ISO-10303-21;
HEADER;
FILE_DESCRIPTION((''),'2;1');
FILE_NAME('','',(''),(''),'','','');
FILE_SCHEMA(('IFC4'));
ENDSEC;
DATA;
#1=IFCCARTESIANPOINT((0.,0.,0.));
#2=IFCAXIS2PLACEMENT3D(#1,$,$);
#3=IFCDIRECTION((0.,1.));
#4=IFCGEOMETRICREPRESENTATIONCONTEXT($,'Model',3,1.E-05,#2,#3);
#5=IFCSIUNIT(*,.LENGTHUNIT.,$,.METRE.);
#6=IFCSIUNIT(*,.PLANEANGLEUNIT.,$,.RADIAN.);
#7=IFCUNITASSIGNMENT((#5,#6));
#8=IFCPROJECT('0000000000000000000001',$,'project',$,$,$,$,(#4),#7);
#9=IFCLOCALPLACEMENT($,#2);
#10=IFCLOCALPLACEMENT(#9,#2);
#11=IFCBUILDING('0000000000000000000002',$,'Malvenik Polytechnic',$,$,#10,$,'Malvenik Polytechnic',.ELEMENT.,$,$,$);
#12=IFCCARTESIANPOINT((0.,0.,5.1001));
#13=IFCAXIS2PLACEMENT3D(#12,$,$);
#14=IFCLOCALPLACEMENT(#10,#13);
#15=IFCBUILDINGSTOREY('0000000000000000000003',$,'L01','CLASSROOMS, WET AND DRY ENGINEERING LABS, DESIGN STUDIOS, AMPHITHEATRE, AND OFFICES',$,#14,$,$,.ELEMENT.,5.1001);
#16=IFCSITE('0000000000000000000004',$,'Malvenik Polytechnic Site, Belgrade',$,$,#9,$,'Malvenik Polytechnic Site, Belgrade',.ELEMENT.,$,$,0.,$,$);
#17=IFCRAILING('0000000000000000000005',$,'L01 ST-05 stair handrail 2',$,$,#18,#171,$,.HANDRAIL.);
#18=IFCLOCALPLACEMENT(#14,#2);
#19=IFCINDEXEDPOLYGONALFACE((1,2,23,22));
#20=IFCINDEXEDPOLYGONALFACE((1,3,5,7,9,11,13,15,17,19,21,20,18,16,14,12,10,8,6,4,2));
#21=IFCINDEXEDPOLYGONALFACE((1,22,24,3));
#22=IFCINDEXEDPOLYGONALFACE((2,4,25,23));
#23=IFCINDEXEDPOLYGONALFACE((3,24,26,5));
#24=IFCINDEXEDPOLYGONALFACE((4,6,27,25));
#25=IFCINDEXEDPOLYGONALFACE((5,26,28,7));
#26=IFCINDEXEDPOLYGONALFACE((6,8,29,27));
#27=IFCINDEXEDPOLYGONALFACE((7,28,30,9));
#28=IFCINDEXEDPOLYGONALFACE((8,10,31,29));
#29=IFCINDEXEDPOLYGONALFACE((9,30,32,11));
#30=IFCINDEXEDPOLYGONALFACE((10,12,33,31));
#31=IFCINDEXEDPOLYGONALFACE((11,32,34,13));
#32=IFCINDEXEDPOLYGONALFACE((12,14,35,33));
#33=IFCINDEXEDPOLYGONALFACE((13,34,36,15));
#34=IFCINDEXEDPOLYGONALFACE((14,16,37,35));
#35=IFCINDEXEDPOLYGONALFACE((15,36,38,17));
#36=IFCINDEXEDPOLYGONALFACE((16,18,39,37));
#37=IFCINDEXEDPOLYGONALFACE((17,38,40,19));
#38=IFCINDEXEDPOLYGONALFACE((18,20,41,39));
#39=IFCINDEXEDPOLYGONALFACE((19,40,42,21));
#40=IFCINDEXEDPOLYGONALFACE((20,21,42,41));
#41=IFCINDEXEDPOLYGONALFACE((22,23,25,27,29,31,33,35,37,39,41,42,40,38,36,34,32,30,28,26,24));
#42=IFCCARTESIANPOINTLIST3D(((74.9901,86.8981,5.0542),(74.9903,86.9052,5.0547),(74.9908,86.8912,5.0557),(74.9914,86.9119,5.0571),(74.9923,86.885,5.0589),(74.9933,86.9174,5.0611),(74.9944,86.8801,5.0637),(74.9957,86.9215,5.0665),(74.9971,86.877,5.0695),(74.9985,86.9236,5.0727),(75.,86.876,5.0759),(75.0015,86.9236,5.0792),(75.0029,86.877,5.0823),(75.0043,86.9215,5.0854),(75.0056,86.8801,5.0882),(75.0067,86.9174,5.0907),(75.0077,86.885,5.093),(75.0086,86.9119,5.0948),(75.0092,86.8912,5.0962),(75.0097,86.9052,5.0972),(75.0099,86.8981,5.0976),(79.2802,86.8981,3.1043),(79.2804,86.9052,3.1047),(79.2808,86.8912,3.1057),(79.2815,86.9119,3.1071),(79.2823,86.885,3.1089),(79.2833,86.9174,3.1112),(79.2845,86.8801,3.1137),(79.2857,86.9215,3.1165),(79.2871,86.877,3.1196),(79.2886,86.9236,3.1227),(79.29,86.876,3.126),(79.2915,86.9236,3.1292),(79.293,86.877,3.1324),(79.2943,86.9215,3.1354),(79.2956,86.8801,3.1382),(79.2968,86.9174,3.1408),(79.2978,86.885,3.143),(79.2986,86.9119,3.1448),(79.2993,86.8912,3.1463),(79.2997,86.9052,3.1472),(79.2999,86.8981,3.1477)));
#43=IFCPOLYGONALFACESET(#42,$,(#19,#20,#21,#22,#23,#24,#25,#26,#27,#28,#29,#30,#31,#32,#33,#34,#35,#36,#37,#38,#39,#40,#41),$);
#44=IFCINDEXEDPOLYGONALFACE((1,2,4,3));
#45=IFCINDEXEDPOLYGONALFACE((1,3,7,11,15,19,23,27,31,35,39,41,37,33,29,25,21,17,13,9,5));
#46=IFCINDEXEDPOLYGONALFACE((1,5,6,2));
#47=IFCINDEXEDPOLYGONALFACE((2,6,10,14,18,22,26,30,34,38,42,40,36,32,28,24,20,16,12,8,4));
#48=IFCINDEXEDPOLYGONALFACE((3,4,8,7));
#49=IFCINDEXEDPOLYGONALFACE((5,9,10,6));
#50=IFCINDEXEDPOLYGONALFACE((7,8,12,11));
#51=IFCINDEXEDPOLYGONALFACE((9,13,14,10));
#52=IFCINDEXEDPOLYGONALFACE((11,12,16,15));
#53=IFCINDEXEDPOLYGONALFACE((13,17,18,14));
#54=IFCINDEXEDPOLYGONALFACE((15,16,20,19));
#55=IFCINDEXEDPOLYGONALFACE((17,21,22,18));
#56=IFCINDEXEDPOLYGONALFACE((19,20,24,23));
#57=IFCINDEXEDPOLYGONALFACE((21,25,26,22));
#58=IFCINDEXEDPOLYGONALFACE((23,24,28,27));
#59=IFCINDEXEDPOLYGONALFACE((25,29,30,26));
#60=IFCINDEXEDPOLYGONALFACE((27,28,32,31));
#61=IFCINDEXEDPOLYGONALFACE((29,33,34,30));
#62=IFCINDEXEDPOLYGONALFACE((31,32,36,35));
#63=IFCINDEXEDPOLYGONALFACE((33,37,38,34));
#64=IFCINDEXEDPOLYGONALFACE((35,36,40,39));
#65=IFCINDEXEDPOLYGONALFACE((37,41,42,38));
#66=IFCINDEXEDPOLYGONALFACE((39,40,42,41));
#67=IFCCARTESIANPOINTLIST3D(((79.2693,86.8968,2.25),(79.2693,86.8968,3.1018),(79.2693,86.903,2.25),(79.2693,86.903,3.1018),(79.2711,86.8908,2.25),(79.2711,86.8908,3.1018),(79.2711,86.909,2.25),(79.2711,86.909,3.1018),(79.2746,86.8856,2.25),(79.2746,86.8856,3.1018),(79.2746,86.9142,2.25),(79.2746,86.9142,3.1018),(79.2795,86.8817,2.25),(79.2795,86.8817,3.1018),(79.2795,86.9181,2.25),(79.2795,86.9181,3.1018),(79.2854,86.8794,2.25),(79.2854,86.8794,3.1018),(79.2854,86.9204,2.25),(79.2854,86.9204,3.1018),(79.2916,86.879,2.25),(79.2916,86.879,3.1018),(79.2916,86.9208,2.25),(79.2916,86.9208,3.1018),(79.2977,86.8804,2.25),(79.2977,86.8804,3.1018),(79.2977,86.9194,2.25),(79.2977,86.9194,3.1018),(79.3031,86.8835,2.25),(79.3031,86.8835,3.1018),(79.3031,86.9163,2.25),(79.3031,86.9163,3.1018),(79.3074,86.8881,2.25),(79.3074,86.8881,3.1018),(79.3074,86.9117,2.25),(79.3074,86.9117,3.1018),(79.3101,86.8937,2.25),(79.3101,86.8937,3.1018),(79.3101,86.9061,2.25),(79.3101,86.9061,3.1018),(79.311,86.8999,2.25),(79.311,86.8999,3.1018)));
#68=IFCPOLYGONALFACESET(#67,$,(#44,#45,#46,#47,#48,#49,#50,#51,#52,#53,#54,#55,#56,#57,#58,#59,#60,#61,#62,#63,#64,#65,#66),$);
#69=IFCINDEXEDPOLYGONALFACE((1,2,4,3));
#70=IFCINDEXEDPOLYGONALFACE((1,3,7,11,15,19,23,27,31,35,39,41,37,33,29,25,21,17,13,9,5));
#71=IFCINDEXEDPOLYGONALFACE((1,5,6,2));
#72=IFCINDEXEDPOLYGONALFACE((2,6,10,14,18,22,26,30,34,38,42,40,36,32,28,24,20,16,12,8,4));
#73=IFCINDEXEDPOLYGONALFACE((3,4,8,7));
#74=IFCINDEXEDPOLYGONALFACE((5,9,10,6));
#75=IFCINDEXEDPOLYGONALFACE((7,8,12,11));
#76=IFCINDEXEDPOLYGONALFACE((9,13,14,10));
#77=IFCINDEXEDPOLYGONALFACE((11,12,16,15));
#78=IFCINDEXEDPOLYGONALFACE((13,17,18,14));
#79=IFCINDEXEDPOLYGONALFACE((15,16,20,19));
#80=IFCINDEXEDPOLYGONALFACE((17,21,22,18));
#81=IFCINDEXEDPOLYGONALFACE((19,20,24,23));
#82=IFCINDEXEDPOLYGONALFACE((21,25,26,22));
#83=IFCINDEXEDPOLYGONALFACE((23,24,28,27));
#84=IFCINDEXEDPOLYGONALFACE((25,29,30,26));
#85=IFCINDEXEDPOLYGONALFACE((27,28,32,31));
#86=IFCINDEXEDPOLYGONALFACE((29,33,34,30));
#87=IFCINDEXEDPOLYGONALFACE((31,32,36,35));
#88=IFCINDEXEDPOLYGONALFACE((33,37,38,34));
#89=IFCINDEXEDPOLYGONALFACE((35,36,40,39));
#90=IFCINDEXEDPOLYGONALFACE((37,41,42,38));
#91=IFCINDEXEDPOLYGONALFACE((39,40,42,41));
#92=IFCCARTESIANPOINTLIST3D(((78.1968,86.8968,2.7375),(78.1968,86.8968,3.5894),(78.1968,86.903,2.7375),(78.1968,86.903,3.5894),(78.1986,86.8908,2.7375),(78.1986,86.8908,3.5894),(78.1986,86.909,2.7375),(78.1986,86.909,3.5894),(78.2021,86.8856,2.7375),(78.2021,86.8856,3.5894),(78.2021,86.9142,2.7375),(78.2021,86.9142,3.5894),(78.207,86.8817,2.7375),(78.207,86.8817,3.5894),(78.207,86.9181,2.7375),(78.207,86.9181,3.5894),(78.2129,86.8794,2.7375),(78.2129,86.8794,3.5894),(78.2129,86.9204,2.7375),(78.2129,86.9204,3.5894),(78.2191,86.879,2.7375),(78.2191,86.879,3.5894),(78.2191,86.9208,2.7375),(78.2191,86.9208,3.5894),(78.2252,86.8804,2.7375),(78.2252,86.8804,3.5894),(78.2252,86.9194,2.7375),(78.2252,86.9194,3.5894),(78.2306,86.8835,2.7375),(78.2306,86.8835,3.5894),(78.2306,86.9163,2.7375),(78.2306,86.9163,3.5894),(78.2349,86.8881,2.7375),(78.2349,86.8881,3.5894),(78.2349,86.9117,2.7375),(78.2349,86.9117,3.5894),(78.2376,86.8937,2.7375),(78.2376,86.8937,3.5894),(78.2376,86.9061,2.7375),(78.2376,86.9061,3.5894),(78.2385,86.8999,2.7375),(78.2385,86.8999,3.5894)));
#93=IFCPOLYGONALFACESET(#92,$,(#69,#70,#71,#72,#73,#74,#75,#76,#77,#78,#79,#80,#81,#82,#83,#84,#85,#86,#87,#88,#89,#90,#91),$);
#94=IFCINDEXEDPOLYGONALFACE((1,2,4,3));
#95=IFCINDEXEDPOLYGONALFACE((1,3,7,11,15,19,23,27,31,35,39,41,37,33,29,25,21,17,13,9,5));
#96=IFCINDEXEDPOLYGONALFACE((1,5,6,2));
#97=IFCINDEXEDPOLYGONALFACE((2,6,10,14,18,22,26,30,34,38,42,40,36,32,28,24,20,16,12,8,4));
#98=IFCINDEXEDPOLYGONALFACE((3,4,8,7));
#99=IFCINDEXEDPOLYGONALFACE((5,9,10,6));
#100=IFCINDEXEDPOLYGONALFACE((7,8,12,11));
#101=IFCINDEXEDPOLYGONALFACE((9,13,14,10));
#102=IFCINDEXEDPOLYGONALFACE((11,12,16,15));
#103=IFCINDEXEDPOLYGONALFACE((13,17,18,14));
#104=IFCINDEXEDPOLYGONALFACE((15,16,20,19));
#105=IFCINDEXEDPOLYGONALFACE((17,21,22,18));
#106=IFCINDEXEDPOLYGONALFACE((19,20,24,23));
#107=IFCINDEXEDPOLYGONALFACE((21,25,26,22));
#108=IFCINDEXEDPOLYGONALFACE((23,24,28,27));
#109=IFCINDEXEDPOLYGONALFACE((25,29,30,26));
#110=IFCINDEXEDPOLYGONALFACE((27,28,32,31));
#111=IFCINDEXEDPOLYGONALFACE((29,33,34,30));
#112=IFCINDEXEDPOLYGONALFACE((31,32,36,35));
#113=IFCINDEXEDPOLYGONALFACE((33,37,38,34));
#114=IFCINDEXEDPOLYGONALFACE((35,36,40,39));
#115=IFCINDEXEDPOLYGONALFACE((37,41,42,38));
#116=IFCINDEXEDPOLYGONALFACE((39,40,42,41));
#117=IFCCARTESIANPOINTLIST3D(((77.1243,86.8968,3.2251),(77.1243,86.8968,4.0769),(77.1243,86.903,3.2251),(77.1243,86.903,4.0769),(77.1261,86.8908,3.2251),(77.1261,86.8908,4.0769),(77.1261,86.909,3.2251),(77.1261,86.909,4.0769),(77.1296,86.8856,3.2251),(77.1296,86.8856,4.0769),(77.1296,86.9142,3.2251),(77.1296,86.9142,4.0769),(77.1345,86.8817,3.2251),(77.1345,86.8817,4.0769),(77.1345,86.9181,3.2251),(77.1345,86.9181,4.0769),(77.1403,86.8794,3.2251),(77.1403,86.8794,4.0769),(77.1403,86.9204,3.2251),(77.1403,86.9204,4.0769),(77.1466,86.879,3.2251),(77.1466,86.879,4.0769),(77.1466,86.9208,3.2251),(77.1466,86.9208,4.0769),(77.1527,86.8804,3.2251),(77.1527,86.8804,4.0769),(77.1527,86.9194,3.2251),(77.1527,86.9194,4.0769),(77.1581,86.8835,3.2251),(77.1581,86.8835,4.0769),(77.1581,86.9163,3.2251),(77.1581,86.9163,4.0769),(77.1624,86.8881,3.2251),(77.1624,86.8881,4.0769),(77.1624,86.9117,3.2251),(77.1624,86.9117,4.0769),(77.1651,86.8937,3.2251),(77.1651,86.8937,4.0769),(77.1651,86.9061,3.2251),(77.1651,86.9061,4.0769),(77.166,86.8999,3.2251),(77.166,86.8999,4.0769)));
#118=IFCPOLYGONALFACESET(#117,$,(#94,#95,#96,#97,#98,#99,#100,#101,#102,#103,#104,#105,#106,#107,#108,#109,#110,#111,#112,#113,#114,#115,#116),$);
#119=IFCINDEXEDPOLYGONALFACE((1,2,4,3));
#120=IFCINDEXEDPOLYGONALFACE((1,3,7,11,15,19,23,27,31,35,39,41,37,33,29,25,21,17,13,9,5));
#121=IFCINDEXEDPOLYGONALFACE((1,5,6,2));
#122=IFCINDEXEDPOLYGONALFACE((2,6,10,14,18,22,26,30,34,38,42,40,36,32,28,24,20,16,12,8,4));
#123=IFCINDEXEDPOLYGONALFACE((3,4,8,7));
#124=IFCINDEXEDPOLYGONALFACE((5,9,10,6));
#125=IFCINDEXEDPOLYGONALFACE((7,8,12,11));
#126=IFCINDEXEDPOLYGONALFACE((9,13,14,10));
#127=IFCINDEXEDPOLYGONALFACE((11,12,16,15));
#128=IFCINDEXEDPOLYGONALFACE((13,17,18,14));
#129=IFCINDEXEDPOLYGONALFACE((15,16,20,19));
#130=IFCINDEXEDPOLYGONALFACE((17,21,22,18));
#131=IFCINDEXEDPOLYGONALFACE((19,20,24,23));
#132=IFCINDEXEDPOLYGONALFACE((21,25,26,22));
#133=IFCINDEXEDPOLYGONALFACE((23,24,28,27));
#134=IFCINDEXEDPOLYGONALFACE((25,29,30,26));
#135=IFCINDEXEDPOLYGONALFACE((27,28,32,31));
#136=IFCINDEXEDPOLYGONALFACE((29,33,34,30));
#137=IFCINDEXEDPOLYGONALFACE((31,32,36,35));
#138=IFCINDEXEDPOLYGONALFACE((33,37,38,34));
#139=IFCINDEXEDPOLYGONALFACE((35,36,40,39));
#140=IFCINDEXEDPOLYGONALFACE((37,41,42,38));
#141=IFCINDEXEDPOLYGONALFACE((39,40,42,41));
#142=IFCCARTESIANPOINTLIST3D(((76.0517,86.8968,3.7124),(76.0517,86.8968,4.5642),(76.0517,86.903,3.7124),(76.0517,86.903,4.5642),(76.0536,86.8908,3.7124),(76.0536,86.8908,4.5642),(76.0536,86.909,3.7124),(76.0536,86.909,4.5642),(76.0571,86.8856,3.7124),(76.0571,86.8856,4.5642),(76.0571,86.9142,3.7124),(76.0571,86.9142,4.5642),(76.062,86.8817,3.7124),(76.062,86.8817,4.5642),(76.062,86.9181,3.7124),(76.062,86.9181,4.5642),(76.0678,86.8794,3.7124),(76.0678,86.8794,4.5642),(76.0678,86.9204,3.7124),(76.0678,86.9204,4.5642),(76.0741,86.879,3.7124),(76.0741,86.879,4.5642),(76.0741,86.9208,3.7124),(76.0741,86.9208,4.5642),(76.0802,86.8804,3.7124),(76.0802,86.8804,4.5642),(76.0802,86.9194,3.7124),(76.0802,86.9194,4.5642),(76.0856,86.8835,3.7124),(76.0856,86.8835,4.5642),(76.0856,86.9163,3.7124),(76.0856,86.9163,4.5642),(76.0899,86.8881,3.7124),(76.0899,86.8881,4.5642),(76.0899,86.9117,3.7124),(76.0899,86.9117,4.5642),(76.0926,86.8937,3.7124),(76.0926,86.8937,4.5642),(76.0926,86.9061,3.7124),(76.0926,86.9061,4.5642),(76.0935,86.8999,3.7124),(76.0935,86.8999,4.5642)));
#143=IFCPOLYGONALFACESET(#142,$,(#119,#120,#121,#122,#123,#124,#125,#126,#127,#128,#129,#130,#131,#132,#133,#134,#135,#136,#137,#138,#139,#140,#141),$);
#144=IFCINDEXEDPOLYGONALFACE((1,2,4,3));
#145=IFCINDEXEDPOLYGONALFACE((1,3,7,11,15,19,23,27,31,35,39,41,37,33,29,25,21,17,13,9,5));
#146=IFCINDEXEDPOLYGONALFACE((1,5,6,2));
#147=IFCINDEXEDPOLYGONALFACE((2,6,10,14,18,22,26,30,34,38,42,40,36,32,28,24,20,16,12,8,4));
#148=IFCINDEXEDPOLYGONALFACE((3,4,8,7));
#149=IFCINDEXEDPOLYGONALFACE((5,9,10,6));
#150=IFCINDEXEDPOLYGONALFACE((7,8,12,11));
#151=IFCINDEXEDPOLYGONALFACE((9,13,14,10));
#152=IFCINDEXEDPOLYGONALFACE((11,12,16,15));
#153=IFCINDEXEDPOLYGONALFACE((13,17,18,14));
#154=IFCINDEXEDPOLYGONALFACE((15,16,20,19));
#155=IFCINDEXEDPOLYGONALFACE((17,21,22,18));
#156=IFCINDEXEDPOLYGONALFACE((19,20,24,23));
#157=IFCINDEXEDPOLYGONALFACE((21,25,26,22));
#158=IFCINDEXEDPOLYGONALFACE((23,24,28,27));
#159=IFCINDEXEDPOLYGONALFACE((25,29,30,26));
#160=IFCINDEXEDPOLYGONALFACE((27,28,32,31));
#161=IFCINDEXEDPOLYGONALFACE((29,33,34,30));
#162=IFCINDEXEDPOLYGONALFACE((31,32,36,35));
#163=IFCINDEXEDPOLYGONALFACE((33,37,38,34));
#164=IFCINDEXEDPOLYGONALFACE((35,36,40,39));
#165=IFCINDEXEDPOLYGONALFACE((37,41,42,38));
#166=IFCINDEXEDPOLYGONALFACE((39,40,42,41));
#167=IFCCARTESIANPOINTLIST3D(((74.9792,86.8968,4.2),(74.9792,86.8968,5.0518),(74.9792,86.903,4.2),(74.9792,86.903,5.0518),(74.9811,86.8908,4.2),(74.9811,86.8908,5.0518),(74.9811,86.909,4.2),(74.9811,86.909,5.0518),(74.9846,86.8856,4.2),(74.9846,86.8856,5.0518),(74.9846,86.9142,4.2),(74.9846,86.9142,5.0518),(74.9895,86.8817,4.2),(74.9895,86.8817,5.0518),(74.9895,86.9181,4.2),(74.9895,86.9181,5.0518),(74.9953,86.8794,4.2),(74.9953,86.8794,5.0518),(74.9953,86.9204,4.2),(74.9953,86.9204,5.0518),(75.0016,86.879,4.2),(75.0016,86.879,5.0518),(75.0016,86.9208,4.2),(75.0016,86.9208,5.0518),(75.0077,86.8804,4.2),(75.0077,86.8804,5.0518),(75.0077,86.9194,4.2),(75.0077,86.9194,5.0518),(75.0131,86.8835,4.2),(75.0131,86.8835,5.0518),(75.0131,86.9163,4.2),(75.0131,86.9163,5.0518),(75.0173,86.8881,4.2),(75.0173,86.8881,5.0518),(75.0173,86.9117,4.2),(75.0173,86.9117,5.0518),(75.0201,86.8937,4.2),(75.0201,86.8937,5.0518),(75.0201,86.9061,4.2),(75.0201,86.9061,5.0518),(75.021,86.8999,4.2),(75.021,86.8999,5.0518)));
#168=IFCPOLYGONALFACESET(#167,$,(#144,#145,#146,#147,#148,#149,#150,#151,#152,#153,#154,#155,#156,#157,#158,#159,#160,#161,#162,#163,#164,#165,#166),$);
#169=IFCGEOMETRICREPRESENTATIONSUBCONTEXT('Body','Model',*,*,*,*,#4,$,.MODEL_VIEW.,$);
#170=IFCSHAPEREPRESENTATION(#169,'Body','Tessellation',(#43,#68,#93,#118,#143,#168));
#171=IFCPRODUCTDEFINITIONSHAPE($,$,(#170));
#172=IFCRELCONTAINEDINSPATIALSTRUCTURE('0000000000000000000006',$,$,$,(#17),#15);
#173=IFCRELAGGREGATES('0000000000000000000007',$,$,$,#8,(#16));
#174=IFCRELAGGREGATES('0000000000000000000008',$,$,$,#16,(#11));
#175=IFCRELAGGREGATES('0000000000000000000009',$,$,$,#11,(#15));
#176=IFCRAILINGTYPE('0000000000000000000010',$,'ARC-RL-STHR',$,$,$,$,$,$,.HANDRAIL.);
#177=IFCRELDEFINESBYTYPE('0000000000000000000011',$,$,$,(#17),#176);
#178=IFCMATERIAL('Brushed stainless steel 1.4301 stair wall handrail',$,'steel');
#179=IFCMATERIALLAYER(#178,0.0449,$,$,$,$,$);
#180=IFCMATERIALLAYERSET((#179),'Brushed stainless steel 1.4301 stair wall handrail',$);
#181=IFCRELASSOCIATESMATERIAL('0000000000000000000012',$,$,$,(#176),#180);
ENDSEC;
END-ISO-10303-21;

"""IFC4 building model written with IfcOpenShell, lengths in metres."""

from ifc_helpers import new_model, si_unit, direction, frame, origin, origin_2d, place, context, subcontext, project, spatial, circle, extrude, material, layer, layer_set, type_object, element, save


model = new_model("IFC4")

# Units and contexts
model_context = context("Model", 3, precision=1e-05, world=origin(), true_north=direction((0.0, 1.0)))
body_context = subcontext(model_context, "Body", "Model", "MODEL_VIEW")
ifc_project = project(units=[si_unit("LENGTHUNIT", "METRE"), si_unit("PLANEANGLEUNIT", "RADIAN")], contexts=[model_context])

# Site, building, storey
site_placement = place(None, origin())
site = spatial("IfcSite", under=ifc_project, at=site_placement, Name="Malvenik Polytechnic Site, Belgrade", LongName="Malvenik Polytechnic Site, Belgrade", CompositionType="ELEMENT", RefElevation=0.0)
building_placement = place(site_placement, origin())
building = spatial("IfcBuilding", under=site, at=building_placement, Name="Malvenik Polytechnic", LongName="Malvenik Polytechnic", CompositionType="ELEMENT")
storey_placement = place(building_placement, frame((0.0, 0.0, 5.1001)))
storey = spatial("IfcBuildingStorey", under=building, at=storey_placement, Name="L01", Description="CLASSROOMS, WET AND DRY ENGINEERING LABS, DESIGN STUDIOS, AMPHITHEATRE, AND OFFICES", CompositionType="ELEMENT", Elevation=5.1001)

# Railing
ifc_material_1 = material(Name="Brushed stainless steel 1.4301 stair wall handrail", Category="steel")
ifc_layer_1 = layer(ifc_material_1, 0.0449)
ifc_layer_set_1 = layer_set([ifc_layer_1], Name="Brushed stainless steel 1.4301 stair wall handrail")
railing_type = type_object("IfcRailingType", Name="ARC-RL-STHR", PredefinedType="HANDRAIL", material=ifc_layer_set_1)
railing_placement = place(storey_placement, frame((79.29, 86.8999, 2.25)))
element("IfcRailing", 1, at=railing_placement, inside=storey, type_object=railing_type, Name="L01 ST-05 stair handrail 2", PredefinedType="HANDRAIL", context=body_context, shape_type="SweptSolid", body=[
    extrude(circle(Radius=0.0239, at=origin_2d()), frame((0.0, 0.0, 0.876), z_axis=(-0.910372, 0.0, 0.413791), x_axis=(0.0, -1.0, 0.0)), (0.0, 0.0, 1.0), 4.7124),
    extrude(circle(Radius=0.021, at=origin_2d()), origin(), (0.0, 0.0, 1.0), 0.8518),
    extrude(circle(Radius=0.021, at=origin_2d()), frame((-1.0725, 0.0, 0.4875)), (0.0, 0.0, 1.0), 0.8518),
    extrude(circle(Radius=0.021, at=origin_2d()), frame((-2.145, 0.0, 0.9751)), (0.0, 0.0, 1.0), 0.8518),
    extrude(circle(Radius=0.021, at=origin_2d()), frame((-3.2175, 0.0, 1.4624)), (0.0, 0.0, 1.0), 0.8518),
    extrude(circle(Radius=0.021, at=origin_2d()), frame((-4.29, 0.0, 1.95)), (0.0, 0.0, 1.0), 0.8518),
])

save(model, "model.ifc")
